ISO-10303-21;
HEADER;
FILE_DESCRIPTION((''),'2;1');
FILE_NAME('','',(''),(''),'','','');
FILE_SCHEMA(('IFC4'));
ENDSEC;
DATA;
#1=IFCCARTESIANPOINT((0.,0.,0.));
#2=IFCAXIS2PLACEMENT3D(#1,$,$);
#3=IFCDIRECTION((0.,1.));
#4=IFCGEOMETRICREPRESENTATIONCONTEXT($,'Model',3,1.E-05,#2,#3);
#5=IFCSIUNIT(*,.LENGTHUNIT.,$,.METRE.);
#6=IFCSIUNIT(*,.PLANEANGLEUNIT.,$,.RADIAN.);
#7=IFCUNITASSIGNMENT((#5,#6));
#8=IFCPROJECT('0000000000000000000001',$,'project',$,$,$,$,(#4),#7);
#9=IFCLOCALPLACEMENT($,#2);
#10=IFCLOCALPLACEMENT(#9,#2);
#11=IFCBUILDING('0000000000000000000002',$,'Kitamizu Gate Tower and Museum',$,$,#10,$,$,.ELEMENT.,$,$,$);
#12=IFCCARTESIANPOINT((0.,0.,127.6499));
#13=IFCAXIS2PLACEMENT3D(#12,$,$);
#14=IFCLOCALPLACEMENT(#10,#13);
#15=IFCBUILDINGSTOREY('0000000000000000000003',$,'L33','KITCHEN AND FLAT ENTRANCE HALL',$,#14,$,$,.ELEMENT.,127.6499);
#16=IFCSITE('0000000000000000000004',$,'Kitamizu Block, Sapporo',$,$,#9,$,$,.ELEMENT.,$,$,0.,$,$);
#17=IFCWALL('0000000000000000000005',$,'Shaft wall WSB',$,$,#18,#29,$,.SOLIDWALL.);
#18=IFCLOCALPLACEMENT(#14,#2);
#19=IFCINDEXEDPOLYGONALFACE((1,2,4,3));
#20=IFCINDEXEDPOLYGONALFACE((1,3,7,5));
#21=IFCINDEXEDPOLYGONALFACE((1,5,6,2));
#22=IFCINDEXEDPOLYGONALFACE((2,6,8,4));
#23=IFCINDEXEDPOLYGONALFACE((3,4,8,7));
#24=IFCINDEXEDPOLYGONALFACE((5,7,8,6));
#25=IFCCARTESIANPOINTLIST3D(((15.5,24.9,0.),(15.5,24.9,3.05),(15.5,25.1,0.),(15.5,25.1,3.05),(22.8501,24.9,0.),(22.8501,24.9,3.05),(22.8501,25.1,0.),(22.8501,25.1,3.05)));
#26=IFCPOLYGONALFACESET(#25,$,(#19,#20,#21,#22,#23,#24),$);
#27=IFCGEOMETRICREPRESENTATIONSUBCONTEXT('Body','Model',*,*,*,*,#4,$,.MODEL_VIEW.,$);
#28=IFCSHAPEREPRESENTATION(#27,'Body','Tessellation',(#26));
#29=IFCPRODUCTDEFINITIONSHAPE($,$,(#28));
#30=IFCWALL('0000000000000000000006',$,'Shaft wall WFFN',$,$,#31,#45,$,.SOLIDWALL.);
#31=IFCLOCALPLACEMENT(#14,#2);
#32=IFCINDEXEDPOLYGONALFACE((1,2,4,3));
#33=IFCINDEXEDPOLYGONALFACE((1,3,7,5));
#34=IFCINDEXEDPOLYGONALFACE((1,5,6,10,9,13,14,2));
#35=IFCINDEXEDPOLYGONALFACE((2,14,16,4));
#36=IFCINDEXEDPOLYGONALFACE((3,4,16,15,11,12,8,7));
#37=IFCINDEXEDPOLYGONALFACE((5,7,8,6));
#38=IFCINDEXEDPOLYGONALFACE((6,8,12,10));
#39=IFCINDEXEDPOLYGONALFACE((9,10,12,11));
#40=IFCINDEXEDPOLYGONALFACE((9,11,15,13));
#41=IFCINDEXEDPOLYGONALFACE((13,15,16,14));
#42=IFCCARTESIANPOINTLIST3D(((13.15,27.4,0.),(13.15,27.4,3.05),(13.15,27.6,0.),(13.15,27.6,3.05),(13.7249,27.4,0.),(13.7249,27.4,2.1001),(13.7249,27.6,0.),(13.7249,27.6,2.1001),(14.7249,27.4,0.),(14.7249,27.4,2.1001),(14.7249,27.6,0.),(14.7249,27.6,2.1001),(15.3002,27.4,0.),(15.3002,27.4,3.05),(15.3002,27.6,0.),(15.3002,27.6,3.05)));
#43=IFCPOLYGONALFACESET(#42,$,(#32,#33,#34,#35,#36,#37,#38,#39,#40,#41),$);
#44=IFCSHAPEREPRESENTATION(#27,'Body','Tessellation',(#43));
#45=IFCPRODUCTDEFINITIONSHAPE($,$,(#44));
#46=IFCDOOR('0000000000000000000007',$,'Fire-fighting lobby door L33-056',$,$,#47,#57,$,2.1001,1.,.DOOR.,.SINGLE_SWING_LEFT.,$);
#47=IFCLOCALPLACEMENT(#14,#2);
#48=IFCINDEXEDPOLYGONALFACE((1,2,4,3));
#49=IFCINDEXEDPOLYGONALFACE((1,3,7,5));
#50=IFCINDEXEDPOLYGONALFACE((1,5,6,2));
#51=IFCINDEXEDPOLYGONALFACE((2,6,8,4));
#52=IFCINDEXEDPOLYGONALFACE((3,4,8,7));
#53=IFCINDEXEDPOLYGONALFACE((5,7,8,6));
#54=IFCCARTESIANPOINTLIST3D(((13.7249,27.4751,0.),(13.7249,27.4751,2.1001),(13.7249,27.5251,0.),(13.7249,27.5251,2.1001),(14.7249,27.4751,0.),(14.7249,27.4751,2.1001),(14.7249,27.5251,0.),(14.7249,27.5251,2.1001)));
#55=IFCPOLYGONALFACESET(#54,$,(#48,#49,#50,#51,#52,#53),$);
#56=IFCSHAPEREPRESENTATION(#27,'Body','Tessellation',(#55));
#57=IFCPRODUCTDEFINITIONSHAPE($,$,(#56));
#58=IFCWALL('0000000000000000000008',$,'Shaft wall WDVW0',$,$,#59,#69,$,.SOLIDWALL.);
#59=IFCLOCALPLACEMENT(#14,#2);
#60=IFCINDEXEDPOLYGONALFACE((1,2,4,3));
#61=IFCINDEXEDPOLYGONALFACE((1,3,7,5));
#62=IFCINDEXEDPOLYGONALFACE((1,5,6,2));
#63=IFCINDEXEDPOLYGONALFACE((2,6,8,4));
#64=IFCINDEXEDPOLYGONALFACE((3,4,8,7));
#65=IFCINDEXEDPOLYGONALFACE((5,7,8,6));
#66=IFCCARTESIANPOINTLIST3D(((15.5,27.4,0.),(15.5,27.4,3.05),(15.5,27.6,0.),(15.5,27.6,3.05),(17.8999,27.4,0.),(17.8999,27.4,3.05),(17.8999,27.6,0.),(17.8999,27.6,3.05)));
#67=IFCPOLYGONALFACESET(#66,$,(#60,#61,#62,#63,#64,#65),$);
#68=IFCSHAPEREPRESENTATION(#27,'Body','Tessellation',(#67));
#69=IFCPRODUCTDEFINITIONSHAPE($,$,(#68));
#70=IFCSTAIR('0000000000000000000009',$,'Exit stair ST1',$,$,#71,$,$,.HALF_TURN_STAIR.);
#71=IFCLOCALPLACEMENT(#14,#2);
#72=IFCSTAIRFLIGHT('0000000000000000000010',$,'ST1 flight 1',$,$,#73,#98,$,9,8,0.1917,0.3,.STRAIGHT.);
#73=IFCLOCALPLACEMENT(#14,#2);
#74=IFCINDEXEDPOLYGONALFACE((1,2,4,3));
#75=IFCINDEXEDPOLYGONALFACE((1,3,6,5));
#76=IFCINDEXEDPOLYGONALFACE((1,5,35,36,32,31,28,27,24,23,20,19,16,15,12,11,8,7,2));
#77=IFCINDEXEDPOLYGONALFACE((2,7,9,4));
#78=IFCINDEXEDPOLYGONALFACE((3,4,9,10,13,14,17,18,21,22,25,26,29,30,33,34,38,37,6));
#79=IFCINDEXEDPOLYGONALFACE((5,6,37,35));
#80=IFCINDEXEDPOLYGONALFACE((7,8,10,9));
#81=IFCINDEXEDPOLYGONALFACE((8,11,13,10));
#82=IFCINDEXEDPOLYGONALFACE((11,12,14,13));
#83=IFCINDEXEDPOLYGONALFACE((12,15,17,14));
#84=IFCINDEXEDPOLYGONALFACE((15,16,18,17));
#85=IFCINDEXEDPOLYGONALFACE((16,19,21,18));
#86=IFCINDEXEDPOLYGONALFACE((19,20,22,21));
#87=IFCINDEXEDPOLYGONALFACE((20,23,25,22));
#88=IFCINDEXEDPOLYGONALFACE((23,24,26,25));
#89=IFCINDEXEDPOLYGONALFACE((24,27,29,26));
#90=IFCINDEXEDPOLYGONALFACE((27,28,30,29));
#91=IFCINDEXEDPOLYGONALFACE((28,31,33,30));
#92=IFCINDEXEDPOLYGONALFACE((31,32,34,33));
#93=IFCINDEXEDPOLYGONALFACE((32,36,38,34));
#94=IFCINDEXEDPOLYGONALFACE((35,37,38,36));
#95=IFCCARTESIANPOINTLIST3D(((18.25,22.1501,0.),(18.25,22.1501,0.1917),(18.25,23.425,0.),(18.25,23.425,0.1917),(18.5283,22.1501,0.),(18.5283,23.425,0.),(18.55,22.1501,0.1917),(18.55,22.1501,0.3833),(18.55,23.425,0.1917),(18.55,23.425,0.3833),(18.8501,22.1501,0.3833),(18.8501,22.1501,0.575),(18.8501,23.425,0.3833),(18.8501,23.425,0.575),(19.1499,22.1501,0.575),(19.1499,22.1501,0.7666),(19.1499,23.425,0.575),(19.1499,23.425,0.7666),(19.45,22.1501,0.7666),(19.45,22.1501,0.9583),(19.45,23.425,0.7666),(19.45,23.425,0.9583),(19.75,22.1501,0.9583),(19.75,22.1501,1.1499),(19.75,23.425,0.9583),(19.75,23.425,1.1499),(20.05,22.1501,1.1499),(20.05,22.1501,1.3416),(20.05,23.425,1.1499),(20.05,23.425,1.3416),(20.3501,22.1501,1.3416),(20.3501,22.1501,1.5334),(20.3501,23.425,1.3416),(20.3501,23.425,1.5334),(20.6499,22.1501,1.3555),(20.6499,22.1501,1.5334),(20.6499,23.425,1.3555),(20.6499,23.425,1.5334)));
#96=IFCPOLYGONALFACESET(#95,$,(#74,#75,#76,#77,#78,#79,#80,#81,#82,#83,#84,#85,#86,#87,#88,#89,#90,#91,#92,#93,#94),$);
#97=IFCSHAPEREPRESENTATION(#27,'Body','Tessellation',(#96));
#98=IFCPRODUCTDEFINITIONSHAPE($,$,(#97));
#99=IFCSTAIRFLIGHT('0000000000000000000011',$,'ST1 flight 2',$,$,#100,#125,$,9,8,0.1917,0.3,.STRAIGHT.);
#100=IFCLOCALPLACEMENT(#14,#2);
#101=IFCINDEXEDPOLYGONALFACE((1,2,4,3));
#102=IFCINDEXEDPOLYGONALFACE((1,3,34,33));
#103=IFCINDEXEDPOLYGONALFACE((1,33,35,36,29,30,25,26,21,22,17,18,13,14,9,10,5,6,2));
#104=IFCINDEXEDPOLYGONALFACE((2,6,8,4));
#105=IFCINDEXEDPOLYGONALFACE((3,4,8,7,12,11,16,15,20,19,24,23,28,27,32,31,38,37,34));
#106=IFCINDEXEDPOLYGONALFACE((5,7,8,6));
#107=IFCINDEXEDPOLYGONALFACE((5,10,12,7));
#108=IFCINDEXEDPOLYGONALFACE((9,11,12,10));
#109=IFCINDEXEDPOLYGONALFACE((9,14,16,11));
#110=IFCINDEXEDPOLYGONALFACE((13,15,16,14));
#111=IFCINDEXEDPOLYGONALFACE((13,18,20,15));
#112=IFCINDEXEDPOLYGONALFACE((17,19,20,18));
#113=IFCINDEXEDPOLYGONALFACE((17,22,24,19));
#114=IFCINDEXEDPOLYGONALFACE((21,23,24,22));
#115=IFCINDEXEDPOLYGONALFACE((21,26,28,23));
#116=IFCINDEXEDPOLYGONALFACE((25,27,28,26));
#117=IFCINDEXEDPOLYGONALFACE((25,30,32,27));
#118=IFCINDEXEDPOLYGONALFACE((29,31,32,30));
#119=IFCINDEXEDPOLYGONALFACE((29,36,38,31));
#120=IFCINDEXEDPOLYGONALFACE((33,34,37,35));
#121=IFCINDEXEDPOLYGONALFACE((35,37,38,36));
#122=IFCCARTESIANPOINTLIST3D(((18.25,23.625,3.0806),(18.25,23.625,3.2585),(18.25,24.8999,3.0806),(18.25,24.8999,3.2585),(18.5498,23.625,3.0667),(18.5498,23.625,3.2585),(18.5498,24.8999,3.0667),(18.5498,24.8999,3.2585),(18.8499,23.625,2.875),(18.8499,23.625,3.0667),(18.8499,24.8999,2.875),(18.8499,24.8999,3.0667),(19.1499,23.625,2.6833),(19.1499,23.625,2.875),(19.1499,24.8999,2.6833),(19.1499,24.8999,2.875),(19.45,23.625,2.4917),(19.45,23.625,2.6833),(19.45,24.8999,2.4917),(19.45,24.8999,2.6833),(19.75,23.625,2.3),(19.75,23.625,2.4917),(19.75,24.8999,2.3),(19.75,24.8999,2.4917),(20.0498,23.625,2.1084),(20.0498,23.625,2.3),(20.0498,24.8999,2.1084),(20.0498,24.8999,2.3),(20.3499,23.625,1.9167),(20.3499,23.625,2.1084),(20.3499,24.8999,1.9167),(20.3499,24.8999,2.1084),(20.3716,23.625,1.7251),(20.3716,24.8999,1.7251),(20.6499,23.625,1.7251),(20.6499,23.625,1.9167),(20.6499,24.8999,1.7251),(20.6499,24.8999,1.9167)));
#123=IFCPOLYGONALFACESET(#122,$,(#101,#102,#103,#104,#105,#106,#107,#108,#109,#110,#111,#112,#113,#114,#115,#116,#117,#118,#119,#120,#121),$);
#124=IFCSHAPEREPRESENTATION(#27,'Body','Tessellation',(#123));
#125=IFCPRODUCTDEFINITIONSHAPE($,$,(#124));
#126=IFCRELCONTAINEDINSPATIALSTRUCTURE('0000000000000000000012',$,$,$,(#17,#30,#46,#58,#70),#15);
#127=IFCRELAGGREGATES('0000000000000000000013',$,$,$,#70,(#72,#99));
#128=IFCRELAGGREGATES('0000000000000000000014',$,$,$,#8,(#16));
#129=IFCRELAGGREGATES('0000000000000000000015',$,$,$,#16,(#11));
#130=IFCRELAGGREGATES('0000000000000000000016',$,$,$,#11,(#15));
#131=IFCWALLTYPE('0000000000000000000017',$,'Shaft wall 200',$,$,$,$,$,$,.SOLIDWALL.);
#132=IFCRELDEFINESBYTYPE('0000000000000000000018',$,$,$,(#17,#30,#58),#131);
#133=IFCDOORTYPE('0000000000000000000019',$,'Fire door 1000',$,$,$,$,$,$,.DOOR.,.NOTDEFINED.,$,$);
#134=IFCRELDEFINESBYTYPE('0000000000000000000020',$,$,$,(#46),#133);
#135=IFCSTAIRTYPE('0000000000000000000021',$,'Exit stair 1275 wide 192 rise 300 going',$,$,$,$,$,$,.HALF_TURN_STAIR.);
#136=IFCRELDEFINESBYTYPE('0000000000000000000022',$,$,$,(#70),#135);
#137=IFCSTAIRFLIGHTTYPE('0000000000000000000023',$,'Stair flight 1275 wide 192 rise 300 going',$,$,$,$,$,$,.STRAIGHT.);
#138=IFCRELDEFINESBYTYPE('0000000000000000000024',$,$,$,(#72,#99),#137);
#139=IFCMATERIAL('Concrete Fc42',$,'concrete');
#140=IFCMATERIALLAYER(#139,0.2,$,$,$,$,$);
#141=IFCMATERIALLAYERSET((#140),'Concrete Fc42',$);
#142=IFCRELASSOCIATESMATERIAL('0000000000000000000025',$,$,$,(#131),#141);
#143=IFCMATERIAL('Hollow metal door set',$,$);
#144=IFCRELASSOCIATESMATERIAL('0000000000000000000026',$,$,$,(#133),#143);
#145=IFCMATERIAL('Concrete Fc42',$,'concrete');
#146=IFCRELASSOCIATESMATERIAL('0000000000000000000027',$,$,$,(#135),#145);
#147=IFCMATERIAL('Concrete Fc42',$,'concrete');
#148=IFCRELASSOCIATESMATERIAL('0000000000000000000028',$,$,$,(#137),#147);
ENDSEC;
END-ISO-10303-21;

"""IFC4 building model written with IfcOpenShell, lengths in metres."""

from ifc_helpers import new_model, si_unit, direction, frame, frame_2d, origin, place, context, subcontext, project, spatial, polyline, rectangle, outline, extrude, material, layer, layer_set, type_object, element, fill, aggregate, save


model = new_model("IFC4")

# Units and contexts
model_context = context("Model", 3, precision=1e-05, world=origin(), true_north=direction((0.0, 1.0)))
body_context = subcontext(model_context, "Body", "Model", "MODEL_VIEW")
ifc_project = project(units=[si_unit("LENGTHUNIT", "METRE"), si_unit("PLANEANGLEUNIT", "RADIAN")], contexts=[model_context])

# Site, building, storey
site_placement = place(None, origin())
site = spatial("IfcSite", under=ifc_project, at=site_placement, Name="Kitamizu Block, Sapporo", CompositionType="ELEMENT", RefElevation=0.0)
building_placement = place(site_placement, origin())
building = spatial("IfcBuilding", under=site, at=building_placement, Name="Kitamizu Gate Tower and Museum", CompositionType="ELEMENT")
storey_placement = place(building_placement, frame((0.0, 0.0, 127.6499)))
storey = spatial("IfcBuildingStorey", under=building, at=storey_placement, Name="L33", Description="KITCHEN AND FLAT ENTRANCE HALL", CompositionType="ELEMENT", Elevation=127.6499)

# Shared definitions
ifc_material_1 = material(Name="Concrete Fc42", Category="concrete")
ifc_layer = layer(ifc_material_1, 0.2)
ifc_layer_set = layer_set([ifc_layer], Name="Concrete Fc42")
wall_type = type_object("IfcWallType", Name="Shaft wall 200", PredefinedType="SOLIDWALL", material=ifc_layer_set)
ifc_material_2 = material(Name="Hollow metal door set")
door_type_1 = type_object("IfcDoorType", Name="Fire door 1000", OperationType="NOTDEFINED", PredefinedType="DOOR", material=ifc_material_2)

# Wall
wall_1_placement = place(storey_placement, frame((15.5, 25.0, 0.0), z_axis=(0.0, 0.0, 1.0), x_axis=(1.0, 0.0, 0.0)))
element("IfcWall", 1, at=wall_1_placement, inside=storey, type_object=wall_type, Name="Shaft wall WSB", PredefinedType="SOLIDWALL", context=body_context, shape_type="SweptSolid", body=[
    extrude(rectangle(XDim=7.3501, YDim=0.2, at=frame_2d((3.675, 0.0))), origin(), (0.0, 0.0, 1.0), 3.05),
])

# Wall, opening, door
wall_2_placement = place(storey_placement, frame((13.1499, 27.5, 0.0), z_axis=(0.0, 0.0, 1.0), x_axis=(1.0, 0.0, 0.0)))
wall_2 = element("IfcWall", 2, at=wall_2_placement, inside=storey, type_object=wall_type, Name="Shaft wall WFFN", PredefinedType="SOLIDWALL", context=body_context, shape_type="SweptSolid", body=[
    extrude(rectangle(XDim=2.1501, YDim=0.2, at=frame_2d((1.0752, 0.0))), origin(), (0.0, 0.0, 1.0), 3.05),
])
opening_1_placement = place(wall_2_placement, frame((0.575, 0.0, 0.0)))
opening_1 = element("IfcOpeningElement", 3, at=opening_1_placement, cuts=wall_2, PredefinedType="OPENING", context=body_context, shape_type="SweptSolid", body=[
    extrude(rectangle(XDim=1.0, YDim=2.1001, at=frame_2d((0.5, 1.05))), frame((0.0, 0.1099, 0.0), z_axis=(0.0, -1.0, 0.0), x_axis=(1.0, 0.0, 0.0)), (0.0, 0.0, 1.0), 0.22),
])
door_1_placement = place(opening_1_placement, frame((1.0, 0.0, 0.0), x_axis=(-1.0, 0.0, 0.0)))
door_1 = element("IfcDoor", 4, at=door_1_placement, inside=storey, type_object=door_type_1, Name="Fire-fighting lobby door L33-056", OperationType="SINGLE_SWING_LEFT", OverallHeight=2.1001, OverallWidth=1.0, PredefinedType="DOOR", context=body_context, shape_type="SweptSolid", body=[
    extrude(rectangle(XDim=1.0, YDim=2.1001, at=frame_2d((0.5, 1.05))), frame((0.0, 0.0249, 0.0), z_axis=(0.0, -1.0, 0.0), x_axis=(1.0, 0.0, 0.0)), (0.0, 0.0, 1.0), 0.05),
])
fill(opening_1, door_1)

# Wall
wall_3_placement = place(storey_placement, frame((15.5, 27.5, 0.0), z_axis=(0.0, 0.0, 1.0), x_axis=(1.0, 0.0, 0.0)))
element("IfcWall", 5, at=wall_3_placement, inside=storey, type_object=wall_type, Name="Shaft wall WDVW0", PredefinedType="SOLIDWALL", context=body_context, shape_type="SweptSolid", body=[
    extrude(rectangle(XDim=2.3999, YDim=0.2, at=frame_2d((1.2, 0.0))), origin(), (0.0, 0.0, 1.0), 3.05),
])

# Stair, stair flights
ifc_material_3 = material(Name="Concrete Fc42", Category="concrete")
stair_type = type_object("IfcStairType", Name="Exit stair 1275 wide 192 rise 300 going", PredefinedType="HALF_TURN_STAIR", material=ifc_material_3)
stair_placement = place(storey_placement, origin())
stair = element("IfcStair", 6, at=stair_placement, inside=storey, type_object=stair_type, Name="Exit stair ST1", PredefinedType="HALF_TURN_STAIR")
ifc_material_4 = material(Name="Concrete Fc42", Category="concrete")
stair_flight_type = type_object("IfcStairFlightType", Name="Stair flight 1275 wide 192 rise 300 going", PredefinedType="STRAIGHT", material=ifc_material_4)
stair_flight_1_placement = place(storey_placement, frame((18.25, 22.7876, 0.0), z_axis=(0.0, 0.0, 1.0), x_axis=(1.0, 0.0, 0.0)))
stair_flight_1 = element("IfcStairFlight", 7, at=stair_flight_1_placement, type_object=stair_flight_type, Name="ST1 flight 1", NumberOfRisers=9, NumberOfTreads=8, PredefinedType="STRAIGHT", RiserHeight=0.1917, TreadLength=0.3, context=body_context, shape_type="SweptSolid", body=[
    extrude(outline(polyline([(0.0, 0.0), (0.0, 0.1917), (0.3, 0.1917), (0.3, 0.3833), (0.6001, 0.3833), (0.6001, 0.575), (0.8999, 0.575), (0.8999, 0.7666), (1.2, 0.7666), (1.2, 0.9583), (1.5, 0.9583), (1.5, 1.1499), (1.8, 1.1499), (1.8, 1.3416), (2.1001, 1.3416), (2.1001, 1.5334), (2.3999, 1.5334), (2.3999, 1.7251), (2.3999, 1.3555), (0.2783, 0.0), (0.0, 0.0)])), frame((0.0, 0.6375, 0.0), z_axis=(0.0, -1.0, 0.0), x_axis=(1.0, 0.0, 0.0)), (0.0, 0.0, 1.0), 1.2749),
])
stair_flight_2_placement = place(storey_placement, frame((20.6499, 24.2625, 1.7251), z_axis=(0.0, 0.0, 1.0), x_axis=(-1.0, 0.0, 0.0)))
stair_flight_2 = element("IfcStairFlight", 8, at=stair_flight_2_placement, type_object=stair_flight_type, Name="ST1 flight 2", NumberOfRisers=9, NumberOfTreads=8, PredefinedType="STRAIGHT", RiserHeight=0.1917, TreadLength=0.3, context=body_context, shape_type="SweptSolid", body=[
    extrude(outline(polyline([(0.0, 0.0), (0.0, 0.1917), (0.3, 0.1917), (0.3, 0.3833), (0.6001, 0.3833), (0.6001, 0.575), (0.8999, 0.575), (0.8999, 0.7666), (1.2, 0.7666), (1.2, 0.9583), (1.5, 0.9583), (1.5, 1.1499), (1.8, 1.1499), (1.8, 1.3416), (2.1001, 1.3416), (2.1001, 1.5334), (2.3999, 1.5334), (2.3999, 1.7251), (2.3999, 1.3555), (0.2783, 0.0), (0.0, 0.0)])), frame((0.0, 0.6375, 0.0), z_axis=(0.0, -1.0, 0.0), x_axis=(1.0, 0.0, 0.0)), (0.0, 0.0, 1.0), 1.2749),
])
aggregate(stair, [stair_flight_1, stair_flight_2])

save(model, "model.ifc")
